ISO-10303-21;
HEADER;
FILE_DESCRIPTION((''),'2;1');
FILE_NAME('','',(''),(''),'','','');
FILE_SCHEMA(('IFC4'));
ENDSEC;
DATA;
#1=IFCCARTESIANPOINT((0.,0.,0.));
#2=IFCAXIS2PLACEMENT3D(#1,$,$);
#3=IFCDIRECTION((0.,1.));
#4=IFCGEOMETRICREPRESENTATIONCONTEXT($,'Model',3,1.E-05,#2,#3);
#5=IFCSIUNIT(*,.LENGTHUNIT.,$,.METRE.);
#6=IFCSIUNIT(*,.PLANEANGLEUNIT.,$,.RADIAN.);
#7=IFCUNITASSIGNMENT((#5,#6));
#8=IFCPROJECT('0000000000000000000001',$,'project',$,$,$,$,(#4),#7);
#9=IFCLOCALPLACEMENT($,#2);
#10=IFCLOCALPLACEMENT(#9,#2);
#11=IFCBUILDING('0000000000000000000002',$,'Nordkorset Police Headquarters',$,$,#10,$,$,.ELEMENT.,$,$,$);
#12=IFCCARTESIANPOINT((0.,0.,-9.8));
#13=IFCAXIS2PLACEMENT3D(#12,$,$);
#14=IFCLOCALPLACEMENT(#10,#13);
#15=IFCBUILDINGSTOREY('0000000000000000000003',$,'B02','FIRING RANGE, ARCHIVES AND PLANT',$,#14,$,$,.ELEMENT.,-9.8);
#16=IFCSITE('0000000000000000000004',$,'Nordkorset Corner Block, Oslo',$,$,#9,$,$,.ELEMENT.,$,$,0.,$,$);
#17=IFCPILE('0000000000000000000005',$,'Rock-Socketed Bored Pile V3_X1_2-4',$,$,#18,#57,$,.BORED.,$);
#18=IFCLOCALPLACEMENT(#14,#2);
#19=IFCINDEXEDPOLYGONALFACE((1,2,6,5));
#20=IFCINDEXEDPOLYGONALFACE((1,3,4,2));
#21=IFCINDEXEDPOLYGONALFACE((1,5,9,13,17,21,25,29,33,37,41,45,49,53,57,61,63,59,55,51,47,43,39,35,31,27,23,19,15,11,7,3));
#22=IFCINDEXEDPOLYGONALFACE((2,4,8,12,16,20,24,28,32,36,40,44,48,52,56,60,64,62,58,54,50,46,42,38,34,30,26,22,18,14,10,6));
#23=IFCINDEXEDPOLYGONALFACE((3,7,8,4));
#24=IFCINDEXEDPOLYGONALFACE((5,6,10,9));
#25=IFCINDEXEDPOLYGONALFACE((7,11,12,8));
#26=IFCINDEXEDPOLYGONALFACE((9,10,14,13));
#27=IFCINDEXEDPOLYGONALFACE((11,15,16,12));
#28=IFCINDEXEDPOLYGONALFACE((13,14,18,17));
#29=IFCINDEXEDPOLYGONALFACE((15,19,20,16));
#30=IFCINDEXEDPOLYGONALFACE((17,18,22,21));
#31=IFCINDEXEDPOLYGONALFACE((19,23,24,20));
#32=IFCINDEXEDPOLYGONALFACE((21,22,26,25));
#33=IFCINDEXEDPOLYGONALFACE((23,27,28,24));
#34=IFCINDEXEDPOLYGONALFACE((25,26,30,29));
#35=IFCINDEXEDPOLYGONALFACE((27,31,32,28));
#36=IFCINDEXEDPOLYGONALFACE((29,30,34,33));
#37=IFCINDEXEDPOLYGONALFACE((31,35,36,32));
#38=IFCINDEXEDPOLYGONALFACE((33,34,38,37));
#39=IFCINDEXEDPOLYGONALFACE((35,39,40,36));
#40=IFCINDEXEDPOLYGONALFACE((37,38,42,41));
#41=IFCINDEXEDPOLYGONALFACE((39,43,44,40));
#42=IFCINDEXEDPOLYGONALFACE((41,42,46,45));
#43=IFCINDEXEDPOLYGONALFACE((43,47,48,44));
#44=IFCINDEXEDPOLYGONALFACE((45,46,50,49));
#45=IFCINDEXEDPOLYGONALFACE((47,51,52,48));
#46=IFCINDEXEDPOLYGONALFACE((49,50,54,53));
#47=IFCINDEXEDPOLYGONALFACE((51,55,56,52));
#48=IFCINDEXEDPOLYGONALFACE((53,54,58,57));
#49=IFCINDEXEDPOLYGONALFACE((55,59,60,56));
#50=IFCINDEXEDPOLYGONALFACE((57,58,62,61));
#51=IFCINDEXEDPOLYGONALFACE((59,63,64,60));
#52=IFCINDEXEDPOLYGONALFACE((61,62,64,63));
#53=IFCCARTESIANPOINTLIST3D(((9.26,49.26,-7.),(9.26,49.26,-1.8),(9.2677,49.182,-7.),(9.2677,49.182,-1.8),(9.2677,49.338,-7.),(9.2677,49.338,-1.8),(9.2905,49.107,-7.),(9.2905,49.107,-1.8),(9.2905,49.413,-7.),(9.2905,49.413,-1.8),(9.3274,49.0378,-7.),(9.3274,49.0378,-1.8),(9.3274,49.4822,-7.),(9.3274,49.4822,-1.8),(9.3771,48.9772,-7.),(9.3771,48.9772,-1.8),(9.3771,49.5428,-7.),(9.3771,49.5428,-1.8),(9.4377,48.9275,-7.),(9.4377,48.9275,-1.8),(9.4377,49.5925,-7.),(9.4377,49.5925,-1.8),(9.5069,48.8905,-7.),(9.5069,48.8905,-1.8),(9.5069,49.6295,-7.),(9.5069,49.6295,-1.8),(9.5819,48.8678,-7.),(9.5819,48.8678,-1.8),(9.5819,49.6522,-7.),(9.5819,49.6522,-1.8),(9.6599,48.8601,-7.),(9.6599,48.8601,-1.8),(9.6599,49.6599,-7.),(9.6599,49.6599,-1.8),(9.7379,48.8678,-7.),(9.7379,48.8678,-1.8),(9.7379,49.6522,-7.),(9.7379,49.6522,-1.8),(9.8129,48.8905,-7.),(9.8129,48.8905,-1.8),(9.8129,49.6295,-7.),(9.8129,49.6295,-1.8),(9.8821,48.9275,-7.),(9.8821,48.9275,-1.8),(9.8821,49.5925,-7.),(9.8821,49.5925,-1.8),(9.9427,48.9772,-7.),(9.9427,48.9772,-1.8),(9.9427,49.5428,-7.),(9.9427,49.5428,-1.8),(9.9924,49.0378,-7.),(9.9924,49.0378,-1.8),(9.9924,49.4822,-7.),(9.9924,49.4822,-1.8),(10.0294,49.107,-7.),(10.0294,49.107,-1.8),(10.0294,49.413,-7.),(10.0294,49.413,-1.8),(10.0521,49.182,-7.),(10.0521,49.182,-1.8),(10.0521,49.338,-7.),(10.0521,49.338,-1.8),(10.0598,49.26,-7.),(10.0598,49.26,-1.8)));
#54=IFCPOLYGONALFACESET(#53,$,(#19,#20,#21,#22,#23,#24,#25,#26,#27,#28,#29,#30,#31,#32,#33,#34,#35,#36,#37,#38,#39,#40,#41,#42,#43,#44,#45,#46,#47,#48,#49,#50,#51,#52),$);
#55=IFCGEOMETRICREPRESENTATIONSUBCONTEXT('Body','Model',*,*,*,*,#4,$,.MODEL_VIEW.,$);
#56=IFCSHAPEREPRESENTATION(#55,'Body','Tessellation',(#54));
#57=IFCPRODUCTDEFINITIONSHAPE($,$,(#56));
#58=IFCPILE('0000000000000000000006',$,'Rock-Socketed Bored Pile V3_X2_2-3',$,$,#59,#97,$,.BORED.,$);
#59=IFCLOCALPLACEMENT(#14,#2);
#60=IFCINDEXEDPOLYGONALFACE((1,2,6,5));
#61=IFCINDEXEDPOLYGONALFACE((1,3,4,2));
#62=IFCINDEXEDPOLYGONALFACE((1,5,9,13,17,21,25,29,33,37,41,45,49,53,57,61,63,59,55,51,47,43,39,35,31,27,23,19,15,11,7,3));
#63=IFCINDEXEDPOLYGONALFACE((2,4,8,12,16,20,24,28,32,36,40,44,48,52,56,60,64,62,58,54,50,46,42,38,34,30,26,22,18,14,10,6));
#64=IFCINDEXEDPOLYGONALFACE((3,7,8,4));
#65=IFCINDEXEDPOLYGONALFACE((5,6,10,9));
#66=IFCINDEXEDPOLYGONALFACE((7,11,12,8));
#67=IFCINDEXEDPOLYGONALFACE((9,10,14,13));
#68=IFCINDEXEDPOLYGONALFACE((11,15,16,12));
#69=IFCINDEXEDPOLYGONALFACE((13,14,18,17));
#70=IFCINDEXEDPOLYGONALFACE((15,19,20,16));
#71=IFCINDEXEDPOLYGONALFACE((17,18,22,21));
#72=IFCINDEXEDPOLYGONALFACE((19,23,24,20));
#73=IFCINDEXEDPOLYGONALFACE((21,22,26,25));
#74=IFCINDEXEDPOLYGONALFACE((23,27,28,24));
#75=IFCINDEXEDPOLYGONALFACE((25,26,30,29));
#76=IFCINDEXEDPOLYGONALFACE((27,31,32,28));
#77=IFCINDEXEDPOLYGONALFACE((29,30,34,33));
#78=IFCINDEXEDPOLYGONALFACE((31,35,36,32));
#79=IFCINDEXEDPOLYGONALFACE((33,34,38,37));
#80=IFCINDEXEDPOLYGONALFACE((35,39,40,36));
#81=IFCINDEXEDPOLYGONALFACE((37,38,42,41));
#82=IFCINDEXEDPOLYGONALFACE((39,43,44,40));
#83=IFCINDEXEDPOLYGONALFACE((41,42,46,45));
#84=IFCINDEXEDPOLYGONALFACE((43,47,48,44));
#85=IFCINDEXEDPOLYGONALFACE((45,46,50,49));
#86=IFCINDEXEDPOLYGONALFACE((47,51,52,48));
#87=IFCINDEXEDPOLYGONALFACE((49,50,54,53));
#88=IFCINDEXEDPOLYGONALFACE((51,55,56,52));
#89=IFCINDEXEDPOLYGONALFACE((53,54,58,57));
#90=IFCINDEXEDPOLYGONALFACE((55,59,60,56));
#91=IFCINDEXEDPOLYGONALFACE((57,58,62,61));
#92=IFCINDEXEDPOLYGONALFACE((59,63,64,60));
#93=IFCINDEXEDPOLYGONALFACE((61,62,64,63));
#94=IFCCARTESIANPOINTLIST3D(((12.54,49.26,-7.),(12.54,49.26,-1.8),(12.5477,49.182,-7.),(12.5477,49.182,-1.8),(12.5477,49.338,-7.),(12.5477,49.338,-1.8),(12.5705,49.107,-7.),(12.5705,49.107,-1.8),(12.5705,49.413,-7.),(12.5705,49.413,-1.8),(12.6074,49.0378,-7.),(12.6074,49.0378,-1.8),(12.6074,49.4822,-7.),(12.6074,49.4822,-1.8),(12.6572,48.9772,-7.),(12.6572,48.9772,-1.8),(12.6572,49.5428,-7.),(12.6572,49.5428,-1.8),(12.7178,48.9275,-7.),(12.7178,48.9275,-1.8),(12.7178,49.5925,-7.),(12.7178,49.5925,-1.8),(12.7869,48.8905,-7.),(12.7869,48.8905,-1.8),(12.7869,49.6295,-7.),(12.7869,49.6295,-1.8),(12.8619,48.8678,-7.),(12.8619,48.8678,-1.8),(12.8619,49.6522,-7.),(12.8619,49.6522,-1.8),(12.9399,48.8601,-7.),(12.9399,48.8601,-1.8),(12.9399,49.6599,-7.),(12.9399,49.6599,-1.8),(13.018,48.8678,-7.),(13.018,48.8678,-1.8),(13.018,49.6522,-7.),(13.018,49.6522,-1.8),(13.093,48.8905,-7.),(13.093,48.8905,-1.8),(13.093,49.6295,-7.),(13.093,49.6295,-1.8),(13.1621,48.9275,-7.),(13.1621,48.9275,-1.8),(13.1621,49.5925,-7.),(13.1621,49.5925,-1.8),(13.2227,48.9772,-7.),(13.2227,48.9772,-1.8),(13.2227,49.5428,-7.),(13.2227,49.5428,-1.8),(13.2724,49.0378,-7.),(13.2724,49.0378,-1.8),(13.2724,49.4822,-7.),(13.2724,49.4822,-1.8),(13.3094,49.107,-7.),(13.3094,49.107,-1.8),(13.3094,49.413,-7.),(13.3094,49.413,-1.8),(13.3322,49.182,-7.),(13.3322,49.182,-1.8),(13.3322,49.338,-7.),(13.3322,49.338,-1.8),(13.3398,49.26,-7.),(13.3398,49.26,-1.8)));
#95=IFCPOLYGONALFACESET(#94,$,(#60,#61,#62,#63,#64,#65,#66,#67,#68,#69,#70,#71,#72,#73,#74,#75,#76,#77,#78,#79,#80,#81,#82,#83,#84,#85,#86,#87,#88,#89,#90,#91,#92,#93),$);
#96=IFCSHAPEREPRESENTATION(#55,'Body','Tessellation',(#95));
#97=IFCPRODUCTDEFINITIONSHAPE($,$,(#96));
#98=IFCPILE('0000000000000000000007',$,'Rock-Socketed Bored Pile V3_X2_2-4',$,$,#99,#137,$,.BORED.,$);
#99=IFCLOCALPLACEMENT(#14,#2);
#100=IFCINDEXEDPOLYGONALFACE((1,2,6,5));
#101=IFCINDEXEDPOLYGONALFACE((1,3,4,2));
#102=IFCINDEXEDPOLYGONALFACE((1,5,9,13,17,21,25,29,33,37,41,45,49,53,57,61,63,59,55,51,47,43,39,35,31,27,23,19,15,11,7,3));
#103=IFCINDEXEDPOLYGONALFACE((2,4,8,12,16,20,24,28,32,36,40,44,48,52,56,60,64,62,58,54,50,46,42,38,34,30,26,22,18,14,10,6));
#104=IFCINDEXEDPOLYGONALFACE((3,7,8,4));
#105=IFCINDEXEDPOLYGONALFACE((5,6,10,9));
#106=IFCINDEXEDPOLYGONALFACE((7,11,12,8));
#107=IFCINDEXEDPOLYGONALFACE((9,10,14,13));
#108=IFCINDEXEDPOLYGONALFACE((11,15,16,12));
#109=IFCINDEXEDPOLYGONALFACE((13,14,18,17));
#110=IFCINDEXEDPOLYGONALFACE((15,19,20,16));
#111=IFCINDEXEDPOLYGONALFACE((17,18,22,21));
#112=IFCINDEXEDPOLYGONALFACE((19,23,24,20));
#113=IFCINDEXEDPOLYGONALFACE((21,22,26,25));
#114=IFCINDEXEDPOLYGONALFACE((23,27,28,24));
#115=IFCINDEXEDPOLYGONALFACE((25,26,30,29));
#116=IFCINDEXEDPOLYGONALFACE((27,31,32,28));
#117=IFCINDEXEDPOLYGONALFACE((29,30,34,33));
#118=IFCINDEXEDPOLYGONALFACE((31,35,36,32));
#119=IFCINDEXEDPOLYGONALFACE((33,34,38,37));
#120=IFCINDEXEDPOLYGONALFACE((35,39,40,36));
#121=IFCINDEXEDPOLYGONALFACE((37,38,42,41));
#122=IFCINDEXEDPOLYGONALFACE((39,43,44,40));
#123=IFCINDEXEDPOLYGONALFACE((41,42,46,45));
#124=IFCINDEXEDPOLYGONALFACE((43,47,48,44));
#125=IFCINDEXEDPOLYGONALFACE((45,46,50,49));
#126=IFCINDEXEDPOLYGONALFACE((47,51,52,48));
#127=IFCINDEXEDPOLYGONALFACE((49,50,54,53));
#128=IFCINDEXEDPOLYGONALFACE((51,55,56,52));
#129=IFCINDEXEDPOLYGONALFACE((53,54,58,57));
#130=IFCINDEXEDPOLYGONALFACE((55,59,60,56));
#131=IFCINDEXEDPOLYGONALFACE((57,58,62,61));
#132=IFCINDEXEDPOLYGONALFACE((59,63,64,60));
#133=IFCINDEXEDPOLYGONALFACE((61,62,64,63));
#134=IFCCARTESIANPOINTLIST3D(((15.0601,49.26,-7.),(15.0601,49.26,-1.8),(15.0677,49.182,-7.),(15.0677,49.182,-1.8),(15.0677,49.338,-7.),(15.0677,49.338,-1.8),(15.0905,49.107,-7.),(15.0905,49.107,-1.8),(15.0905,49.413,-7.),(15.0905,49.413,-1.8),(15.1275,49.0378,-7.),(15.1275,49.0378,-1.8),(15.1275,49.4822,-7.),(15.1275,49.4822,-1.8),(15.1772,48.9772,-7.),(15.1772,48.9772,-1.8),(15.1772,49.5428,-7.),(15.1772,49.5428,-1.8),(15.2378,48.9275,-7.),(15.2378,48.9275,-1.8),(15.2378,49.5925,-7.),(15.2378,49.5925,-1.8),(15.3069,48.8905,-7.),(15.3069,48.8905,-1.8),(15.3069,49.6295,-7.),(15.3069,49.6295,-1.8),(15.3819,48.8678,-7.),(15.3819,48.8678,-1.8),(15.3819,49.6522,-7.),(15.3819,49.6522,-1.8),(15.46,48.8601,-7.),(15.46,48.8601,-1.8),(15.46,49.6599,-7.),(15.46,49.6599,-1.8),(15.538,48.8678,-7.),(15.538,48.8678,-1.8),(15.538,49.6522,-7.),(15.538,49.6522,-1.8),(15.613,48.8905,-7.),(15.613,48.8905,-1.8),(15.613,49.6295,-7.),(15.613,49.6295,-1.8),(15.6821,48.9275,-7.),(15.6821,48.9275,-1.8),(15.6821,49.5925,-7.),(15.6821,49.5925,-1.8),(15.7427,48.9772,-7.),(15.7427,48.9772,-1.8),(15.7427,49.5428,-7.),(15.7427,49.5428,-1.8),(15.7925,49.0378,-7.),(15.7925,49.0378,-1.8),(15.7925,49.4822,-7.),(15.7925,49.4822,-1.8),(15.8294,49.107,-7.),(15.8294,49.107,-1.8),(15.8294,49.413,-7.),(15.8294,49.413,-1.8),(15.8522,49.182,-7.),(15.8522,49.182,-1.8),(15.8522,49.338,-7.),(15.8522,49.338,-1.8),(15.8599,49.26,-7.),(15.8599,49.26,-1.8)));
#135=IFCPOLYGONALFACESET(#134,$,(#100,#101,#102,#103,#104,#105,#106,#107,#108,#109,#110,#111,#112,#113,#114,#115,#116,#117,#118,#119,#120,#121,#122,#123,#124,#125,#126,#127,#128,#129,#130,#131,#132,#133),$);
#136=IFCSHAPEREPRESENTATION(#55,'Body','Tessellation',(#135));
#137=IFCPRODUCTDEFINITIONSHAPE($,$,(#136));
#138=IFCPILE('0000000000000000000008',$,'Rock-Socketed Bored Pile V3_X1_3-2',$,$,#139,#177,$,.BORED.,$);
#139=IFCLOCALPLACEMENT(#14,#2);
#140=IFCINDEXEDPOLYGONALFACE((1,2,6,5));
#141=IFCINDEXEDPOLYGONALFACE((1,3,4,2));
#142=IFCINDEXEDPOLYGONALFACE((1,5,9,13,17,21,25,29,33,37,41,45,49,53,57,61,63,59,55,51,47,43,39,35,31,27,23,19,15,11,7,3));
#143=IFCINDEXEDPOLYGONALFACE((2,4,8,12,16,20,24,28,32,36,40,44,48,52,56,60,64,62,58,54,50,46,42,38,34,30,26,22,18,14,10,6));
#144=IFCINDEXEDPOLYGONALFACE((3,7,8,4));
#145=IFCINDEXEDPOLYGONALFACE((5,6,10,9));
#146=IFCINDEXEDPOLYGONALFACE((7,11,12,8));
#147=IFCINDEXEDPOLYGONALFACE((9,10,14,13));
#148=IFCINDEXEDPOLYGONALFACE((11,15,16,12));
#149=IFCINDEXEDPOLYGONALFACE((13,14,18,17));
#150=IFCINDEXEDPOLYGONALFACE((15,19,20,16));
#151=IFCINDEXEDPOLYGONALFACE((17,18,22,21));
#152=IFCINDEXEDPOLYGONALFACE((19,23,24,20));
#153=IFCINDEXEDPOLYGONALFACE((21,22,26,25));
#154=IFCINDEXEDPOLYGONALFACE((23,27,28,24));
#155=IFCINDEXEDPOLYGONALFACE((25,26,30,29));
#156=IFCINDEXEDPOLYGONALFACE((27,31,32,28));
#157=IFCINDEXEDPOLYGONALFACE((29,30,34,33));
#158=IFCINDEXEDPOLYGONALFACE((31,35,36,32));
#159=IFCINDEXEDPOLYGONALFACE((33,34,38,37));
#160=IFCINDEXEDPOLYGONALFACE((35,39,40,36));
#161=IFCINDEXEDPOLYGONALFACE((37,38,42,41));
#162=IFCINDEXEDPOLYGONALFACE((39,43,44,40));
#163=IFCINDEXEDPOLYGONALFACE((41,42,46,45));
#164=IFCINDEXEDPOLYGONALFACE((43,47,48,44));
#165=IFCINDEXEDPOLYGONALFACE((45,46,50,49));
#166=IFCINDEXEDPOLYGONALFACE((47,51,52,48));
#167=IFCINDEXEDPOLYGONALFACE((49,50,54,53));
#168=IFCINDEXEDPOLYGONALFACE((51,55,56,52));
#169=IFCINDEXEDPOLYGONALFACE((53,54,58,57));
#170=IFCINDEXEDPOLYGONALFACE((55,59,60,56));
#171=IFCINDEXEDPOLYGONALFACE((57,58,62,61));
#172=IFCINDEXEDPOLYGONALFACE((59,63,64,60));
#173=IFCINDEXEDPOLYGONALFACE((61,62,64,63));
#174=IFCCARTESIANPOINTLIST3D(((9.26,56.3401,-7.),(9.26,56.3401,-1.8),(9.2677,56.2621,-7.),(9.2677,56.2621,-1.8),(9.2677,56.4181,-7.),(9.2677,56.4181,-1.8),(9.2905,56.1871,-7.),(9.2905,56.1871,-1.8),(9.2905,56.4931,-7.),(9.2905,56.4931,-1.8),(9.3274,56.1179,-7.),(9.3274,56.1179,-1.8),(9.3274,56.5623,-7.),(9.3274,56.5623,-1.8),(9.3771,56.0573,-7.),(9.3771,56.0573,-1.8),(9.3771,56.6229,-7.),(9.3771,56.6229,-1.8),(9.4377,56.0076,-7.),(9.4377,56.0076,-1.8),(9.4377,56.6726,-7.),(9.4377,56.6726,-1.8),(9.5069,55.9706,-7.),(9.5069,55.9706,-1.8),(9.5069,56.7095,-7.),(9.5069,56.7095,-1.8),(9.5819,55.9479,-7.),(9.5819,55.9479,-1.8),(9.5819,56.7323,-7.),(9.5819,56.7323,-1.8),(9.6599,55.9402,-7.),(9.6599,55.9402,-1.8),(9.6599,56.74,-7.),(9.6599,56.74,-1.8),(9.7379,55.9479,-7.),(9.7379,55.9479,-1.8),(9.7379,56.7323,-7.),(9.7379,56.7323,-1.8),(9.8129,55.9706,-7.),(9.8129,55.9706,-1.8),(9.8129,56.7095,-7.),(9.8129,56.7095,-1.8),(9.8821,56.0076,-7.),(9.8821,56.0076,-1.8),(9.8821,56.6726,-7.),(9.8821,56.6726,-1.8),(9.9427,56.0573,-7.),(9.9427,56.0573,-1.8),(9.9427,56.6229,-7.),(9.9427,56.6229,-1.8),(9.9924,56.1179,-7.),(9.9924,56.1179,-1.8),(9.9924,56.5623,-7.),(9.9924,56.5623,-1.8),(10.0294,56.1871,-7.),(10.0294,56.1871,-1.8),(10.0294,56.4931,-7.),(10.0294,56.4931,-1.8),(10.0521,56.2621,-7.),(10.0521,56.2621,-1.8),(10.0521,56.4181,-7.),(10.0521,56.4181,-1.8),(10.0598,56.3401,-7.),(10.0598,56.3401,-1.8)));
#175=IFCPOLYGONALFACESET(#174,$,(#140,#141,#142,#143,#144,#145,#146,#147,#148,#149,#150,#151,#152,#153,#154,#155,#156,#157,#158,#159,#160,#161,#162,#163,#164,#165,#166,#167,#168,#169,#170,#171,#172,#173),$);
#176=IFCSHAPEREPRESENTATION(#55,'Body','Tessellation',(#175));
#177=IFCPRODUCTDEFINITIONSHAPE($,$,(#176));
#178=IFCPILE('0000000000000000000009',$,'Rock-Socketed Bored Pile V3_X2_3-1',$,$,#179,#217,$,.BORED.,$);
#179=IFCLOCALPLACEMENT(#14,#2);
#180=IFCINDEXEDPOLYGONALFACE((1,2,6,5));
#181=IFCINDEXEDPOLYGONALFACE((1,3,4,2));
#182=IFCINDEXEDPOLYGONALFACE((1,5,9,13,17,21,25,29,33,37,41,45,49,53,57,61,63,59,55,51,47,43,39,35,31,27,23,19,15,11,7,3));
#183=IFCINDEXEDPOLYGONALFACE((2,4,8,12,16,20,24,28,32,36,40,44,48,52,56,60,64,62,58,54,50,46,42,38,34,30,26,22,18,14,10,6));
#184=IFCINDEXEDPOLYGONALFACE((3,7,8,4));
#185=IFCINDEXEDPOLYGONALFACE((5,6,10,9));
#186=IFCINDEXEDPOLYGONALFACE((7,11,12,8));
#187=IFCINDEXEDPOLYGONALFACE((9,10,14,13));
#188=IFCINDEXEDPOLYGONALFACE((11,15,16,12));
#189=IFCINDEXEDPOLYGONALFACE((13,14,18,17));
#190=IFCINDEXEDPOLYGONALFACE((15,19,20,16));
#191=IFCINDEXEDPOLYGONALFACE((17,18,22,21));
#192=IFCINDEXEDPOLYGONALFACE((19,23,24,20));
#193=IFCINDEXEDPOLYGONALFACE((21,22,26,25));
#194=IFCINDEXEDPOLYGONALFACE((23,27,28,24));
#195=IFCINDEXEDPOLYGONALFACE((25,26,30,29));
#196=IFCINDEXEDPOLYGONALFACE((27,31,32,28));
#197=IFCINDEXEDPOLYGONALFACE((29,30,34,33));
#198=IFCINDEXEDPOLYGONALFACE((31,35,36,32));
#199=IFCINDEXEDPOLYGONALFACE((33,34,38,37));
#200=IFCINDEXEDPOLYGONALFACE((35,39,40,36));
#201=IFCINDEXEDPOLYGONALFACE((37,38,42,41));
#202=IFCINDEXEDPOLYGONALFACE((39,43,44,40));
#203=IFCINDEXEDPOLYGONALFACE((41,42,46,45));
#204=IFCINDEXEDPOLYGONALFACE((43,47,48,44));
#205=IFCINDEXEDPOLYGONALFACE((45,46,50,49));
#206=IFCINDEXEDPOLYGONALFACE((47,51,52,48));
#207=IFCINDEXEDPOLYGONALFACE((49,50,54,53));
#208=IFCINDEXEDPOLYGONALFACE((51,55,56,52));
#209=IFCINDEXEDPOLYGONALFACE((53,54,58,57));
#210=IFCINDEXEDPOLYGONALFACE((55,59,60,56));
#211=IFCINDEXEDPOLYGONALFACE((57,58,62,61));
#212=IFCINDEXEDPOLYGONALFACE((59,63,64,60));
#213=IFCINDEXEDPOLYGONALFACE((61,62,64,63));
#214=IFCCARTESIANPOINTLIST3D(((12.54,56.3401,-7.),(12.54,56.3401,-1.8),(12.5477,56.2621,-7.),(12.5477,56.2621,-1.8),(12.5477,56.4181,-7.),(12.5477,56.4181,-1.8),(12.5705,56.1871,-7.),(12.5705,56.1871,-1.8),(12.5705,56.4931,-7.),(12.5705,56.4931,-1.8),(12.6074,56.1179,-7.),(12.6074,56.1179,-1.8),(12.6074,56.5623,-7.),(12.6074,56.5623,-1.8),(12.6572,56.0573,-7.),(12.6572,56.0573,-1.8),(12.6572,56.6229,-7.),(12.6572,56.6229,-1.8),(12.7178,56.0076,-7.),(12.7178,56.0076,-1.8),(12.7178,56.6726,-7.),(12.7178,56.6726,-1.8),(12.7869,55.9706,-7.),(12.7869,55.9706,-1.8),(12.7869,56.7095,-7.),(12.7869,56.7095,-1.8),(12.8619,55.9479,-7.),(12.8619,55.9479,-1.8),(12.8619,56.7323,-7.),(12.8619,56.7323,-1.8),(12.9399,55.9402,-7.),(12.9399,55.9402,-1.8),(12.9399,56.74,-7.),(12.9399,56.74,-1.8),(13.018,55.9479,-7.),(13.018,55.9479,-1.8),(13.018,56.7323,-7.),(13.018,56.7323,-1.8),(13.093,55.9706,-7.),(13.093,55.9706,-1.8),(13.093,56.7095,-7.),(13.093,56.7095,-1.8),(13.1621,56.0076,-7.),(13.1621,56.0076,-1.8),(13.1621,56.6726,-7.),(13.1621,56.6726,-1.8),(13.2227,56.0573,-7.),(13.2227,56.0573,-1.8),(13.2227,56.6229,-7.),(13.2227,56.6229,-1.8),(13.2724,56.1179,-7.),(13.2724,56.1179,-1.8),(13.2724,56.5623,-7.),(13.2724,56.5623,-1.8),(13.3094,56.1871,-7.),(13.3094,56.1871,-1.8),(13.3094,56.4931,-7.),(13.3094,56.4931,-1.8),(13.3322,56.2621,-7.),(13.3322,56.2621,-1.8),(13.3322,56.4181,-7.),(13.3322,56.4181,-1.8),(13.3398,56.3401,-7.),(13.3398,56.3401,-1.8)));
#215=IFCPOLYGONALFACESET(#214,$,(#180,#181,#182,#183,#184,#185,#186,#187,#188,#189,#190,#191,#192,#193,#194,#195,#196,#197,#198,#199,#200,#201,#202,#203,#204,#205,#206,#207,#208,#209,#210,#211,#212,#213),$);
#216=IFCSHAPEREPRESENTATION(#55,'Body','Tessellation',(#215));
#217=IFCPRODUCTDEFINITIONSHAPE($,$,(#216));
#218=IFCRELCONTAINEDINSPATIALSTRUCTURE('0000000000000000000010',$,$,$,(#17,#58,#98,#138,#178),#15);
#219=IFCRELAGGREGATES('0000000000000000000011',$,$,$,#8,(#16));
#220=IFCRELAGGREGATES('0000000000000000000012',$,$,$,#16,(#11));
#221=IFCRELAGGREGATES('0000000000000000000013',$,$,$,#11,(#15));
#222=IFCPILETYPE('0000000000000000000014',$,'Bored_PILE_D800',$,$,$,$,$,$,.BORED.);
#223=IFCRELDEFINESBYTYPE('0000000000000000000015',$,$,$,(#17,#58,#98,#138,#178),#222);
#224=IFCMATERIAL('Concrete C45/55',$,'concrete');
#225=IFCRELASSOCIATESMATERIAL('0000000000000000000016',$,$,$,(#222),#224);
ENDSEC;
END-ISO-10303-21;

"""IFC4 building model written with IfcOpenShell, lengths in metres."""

from ifc_helpers import new_model, si_unit, direction, frame, origin, origin_2d, place, context, subcontext, project, spatial, circle, extrude, material, material_profile, profile_set, type_object, element, save


model = new_model("IFC4")

# Units and contexts
model_context = context("Model", 3, precision=1e-05, world=origin(), true_north=direction((0.0, 1.0)))
body_context = subcontext(model_context, "Body", "Model", "MODEL_VIEW")
ifc_project = project(units=[si_unit("LENGTHUNIT", "METRE"), si_unit("PLANEANGLEUNIT", "RADIAN")], contexts=[model_context])

# Site, building, storey
site_placement = place(None, origin())
site = spatial("IfcSite", under=ifc_project, at=site_placement, Name="Nordkorset Corner Block, Oslo", CompositionType="ELEMENT", RefElevation=0.0)
building_placement = place(site_placement, origin())
building = spatial("IfcBuilding", under=site, at=building_placement, Name="Nordkorset Police Headquarters", CompositionType="ELEMENT")
storey_placement = place(building_placement, frame((0.0, 0.0, -9.8)))
storey = spatial("IfcBuildingStorey", under=building, at=storey_placement, Name="B02", Description="FIRING RANGE, ARCHIVES AND PLANT", CompositionType="ELEMENT", Elevation=-9.8)

# Piles
ifc_material_1 = material(Name="Concrete C45/55", Category="concrete")
ifc_material_profile_1 = material_profile(ifc_material_1, circle(Radius=0.3999, at=origin_2d()), Name="PILE D800")
ifc_profile_set_1 = profile_set([ifc_material_profile_1], Name="Concrete C45/55")
pile_type_1 = type_object("IfcPileType", Name="Bored_PILE_D800", PredefinedType="BORED", material=ifc_profile_set_1)
for number, where, z_axis, x_axis, name in (
    (1, (9.6599, 49.26, -1.8), (0.0, 0.0, -1.0), (1.0, 0.0, 0.0), "Rock-Socketed Bored Pile V3_X1_2-4"),
    (2, (12.9399, 49.26, -1.8), (0.0, 0.0, -1.0), (1.0, 0.0, 0.0), "Rock-Socketed Bored Pile V3_X2_2-3"),
    (3, (15.46, 49.26, -1.8), (0.0, 0.0, -1.0), (1.0, 0.0, 0.0), "Rock-Socketed Bored Pile V3_X2_2-4"),
    (4, (9.6599, 56.3401, -1.8), (0.0, 0.0, -1.0), (1.0, 0.0, 0.0), "Rock-Socketed Bored Pile V3_X1_3-2"),
    (5, (12.9399, 56.3401, -1.8), (0.0, 0.0, -1.0), (1.0, 0.0, 0.0), "Rock-Socketed Bored Pile V3_X2_3-1"),
):
    element("IfcPile", number, at=place(storey_placement, frame(where, z_axis=z_axis, x_axis=x_axis)), inside=storey, type_object=pile_type_1, Name=name, PredefinedType="BORED", context=body_context, shape_type="SweptSolid", body=[
        extrude(circle(Radius=0.3999, at=origin_2d()), origin(), (0.0, 0.0, 1.0), 5.2),
    ])

save(model, "model.ifc")
